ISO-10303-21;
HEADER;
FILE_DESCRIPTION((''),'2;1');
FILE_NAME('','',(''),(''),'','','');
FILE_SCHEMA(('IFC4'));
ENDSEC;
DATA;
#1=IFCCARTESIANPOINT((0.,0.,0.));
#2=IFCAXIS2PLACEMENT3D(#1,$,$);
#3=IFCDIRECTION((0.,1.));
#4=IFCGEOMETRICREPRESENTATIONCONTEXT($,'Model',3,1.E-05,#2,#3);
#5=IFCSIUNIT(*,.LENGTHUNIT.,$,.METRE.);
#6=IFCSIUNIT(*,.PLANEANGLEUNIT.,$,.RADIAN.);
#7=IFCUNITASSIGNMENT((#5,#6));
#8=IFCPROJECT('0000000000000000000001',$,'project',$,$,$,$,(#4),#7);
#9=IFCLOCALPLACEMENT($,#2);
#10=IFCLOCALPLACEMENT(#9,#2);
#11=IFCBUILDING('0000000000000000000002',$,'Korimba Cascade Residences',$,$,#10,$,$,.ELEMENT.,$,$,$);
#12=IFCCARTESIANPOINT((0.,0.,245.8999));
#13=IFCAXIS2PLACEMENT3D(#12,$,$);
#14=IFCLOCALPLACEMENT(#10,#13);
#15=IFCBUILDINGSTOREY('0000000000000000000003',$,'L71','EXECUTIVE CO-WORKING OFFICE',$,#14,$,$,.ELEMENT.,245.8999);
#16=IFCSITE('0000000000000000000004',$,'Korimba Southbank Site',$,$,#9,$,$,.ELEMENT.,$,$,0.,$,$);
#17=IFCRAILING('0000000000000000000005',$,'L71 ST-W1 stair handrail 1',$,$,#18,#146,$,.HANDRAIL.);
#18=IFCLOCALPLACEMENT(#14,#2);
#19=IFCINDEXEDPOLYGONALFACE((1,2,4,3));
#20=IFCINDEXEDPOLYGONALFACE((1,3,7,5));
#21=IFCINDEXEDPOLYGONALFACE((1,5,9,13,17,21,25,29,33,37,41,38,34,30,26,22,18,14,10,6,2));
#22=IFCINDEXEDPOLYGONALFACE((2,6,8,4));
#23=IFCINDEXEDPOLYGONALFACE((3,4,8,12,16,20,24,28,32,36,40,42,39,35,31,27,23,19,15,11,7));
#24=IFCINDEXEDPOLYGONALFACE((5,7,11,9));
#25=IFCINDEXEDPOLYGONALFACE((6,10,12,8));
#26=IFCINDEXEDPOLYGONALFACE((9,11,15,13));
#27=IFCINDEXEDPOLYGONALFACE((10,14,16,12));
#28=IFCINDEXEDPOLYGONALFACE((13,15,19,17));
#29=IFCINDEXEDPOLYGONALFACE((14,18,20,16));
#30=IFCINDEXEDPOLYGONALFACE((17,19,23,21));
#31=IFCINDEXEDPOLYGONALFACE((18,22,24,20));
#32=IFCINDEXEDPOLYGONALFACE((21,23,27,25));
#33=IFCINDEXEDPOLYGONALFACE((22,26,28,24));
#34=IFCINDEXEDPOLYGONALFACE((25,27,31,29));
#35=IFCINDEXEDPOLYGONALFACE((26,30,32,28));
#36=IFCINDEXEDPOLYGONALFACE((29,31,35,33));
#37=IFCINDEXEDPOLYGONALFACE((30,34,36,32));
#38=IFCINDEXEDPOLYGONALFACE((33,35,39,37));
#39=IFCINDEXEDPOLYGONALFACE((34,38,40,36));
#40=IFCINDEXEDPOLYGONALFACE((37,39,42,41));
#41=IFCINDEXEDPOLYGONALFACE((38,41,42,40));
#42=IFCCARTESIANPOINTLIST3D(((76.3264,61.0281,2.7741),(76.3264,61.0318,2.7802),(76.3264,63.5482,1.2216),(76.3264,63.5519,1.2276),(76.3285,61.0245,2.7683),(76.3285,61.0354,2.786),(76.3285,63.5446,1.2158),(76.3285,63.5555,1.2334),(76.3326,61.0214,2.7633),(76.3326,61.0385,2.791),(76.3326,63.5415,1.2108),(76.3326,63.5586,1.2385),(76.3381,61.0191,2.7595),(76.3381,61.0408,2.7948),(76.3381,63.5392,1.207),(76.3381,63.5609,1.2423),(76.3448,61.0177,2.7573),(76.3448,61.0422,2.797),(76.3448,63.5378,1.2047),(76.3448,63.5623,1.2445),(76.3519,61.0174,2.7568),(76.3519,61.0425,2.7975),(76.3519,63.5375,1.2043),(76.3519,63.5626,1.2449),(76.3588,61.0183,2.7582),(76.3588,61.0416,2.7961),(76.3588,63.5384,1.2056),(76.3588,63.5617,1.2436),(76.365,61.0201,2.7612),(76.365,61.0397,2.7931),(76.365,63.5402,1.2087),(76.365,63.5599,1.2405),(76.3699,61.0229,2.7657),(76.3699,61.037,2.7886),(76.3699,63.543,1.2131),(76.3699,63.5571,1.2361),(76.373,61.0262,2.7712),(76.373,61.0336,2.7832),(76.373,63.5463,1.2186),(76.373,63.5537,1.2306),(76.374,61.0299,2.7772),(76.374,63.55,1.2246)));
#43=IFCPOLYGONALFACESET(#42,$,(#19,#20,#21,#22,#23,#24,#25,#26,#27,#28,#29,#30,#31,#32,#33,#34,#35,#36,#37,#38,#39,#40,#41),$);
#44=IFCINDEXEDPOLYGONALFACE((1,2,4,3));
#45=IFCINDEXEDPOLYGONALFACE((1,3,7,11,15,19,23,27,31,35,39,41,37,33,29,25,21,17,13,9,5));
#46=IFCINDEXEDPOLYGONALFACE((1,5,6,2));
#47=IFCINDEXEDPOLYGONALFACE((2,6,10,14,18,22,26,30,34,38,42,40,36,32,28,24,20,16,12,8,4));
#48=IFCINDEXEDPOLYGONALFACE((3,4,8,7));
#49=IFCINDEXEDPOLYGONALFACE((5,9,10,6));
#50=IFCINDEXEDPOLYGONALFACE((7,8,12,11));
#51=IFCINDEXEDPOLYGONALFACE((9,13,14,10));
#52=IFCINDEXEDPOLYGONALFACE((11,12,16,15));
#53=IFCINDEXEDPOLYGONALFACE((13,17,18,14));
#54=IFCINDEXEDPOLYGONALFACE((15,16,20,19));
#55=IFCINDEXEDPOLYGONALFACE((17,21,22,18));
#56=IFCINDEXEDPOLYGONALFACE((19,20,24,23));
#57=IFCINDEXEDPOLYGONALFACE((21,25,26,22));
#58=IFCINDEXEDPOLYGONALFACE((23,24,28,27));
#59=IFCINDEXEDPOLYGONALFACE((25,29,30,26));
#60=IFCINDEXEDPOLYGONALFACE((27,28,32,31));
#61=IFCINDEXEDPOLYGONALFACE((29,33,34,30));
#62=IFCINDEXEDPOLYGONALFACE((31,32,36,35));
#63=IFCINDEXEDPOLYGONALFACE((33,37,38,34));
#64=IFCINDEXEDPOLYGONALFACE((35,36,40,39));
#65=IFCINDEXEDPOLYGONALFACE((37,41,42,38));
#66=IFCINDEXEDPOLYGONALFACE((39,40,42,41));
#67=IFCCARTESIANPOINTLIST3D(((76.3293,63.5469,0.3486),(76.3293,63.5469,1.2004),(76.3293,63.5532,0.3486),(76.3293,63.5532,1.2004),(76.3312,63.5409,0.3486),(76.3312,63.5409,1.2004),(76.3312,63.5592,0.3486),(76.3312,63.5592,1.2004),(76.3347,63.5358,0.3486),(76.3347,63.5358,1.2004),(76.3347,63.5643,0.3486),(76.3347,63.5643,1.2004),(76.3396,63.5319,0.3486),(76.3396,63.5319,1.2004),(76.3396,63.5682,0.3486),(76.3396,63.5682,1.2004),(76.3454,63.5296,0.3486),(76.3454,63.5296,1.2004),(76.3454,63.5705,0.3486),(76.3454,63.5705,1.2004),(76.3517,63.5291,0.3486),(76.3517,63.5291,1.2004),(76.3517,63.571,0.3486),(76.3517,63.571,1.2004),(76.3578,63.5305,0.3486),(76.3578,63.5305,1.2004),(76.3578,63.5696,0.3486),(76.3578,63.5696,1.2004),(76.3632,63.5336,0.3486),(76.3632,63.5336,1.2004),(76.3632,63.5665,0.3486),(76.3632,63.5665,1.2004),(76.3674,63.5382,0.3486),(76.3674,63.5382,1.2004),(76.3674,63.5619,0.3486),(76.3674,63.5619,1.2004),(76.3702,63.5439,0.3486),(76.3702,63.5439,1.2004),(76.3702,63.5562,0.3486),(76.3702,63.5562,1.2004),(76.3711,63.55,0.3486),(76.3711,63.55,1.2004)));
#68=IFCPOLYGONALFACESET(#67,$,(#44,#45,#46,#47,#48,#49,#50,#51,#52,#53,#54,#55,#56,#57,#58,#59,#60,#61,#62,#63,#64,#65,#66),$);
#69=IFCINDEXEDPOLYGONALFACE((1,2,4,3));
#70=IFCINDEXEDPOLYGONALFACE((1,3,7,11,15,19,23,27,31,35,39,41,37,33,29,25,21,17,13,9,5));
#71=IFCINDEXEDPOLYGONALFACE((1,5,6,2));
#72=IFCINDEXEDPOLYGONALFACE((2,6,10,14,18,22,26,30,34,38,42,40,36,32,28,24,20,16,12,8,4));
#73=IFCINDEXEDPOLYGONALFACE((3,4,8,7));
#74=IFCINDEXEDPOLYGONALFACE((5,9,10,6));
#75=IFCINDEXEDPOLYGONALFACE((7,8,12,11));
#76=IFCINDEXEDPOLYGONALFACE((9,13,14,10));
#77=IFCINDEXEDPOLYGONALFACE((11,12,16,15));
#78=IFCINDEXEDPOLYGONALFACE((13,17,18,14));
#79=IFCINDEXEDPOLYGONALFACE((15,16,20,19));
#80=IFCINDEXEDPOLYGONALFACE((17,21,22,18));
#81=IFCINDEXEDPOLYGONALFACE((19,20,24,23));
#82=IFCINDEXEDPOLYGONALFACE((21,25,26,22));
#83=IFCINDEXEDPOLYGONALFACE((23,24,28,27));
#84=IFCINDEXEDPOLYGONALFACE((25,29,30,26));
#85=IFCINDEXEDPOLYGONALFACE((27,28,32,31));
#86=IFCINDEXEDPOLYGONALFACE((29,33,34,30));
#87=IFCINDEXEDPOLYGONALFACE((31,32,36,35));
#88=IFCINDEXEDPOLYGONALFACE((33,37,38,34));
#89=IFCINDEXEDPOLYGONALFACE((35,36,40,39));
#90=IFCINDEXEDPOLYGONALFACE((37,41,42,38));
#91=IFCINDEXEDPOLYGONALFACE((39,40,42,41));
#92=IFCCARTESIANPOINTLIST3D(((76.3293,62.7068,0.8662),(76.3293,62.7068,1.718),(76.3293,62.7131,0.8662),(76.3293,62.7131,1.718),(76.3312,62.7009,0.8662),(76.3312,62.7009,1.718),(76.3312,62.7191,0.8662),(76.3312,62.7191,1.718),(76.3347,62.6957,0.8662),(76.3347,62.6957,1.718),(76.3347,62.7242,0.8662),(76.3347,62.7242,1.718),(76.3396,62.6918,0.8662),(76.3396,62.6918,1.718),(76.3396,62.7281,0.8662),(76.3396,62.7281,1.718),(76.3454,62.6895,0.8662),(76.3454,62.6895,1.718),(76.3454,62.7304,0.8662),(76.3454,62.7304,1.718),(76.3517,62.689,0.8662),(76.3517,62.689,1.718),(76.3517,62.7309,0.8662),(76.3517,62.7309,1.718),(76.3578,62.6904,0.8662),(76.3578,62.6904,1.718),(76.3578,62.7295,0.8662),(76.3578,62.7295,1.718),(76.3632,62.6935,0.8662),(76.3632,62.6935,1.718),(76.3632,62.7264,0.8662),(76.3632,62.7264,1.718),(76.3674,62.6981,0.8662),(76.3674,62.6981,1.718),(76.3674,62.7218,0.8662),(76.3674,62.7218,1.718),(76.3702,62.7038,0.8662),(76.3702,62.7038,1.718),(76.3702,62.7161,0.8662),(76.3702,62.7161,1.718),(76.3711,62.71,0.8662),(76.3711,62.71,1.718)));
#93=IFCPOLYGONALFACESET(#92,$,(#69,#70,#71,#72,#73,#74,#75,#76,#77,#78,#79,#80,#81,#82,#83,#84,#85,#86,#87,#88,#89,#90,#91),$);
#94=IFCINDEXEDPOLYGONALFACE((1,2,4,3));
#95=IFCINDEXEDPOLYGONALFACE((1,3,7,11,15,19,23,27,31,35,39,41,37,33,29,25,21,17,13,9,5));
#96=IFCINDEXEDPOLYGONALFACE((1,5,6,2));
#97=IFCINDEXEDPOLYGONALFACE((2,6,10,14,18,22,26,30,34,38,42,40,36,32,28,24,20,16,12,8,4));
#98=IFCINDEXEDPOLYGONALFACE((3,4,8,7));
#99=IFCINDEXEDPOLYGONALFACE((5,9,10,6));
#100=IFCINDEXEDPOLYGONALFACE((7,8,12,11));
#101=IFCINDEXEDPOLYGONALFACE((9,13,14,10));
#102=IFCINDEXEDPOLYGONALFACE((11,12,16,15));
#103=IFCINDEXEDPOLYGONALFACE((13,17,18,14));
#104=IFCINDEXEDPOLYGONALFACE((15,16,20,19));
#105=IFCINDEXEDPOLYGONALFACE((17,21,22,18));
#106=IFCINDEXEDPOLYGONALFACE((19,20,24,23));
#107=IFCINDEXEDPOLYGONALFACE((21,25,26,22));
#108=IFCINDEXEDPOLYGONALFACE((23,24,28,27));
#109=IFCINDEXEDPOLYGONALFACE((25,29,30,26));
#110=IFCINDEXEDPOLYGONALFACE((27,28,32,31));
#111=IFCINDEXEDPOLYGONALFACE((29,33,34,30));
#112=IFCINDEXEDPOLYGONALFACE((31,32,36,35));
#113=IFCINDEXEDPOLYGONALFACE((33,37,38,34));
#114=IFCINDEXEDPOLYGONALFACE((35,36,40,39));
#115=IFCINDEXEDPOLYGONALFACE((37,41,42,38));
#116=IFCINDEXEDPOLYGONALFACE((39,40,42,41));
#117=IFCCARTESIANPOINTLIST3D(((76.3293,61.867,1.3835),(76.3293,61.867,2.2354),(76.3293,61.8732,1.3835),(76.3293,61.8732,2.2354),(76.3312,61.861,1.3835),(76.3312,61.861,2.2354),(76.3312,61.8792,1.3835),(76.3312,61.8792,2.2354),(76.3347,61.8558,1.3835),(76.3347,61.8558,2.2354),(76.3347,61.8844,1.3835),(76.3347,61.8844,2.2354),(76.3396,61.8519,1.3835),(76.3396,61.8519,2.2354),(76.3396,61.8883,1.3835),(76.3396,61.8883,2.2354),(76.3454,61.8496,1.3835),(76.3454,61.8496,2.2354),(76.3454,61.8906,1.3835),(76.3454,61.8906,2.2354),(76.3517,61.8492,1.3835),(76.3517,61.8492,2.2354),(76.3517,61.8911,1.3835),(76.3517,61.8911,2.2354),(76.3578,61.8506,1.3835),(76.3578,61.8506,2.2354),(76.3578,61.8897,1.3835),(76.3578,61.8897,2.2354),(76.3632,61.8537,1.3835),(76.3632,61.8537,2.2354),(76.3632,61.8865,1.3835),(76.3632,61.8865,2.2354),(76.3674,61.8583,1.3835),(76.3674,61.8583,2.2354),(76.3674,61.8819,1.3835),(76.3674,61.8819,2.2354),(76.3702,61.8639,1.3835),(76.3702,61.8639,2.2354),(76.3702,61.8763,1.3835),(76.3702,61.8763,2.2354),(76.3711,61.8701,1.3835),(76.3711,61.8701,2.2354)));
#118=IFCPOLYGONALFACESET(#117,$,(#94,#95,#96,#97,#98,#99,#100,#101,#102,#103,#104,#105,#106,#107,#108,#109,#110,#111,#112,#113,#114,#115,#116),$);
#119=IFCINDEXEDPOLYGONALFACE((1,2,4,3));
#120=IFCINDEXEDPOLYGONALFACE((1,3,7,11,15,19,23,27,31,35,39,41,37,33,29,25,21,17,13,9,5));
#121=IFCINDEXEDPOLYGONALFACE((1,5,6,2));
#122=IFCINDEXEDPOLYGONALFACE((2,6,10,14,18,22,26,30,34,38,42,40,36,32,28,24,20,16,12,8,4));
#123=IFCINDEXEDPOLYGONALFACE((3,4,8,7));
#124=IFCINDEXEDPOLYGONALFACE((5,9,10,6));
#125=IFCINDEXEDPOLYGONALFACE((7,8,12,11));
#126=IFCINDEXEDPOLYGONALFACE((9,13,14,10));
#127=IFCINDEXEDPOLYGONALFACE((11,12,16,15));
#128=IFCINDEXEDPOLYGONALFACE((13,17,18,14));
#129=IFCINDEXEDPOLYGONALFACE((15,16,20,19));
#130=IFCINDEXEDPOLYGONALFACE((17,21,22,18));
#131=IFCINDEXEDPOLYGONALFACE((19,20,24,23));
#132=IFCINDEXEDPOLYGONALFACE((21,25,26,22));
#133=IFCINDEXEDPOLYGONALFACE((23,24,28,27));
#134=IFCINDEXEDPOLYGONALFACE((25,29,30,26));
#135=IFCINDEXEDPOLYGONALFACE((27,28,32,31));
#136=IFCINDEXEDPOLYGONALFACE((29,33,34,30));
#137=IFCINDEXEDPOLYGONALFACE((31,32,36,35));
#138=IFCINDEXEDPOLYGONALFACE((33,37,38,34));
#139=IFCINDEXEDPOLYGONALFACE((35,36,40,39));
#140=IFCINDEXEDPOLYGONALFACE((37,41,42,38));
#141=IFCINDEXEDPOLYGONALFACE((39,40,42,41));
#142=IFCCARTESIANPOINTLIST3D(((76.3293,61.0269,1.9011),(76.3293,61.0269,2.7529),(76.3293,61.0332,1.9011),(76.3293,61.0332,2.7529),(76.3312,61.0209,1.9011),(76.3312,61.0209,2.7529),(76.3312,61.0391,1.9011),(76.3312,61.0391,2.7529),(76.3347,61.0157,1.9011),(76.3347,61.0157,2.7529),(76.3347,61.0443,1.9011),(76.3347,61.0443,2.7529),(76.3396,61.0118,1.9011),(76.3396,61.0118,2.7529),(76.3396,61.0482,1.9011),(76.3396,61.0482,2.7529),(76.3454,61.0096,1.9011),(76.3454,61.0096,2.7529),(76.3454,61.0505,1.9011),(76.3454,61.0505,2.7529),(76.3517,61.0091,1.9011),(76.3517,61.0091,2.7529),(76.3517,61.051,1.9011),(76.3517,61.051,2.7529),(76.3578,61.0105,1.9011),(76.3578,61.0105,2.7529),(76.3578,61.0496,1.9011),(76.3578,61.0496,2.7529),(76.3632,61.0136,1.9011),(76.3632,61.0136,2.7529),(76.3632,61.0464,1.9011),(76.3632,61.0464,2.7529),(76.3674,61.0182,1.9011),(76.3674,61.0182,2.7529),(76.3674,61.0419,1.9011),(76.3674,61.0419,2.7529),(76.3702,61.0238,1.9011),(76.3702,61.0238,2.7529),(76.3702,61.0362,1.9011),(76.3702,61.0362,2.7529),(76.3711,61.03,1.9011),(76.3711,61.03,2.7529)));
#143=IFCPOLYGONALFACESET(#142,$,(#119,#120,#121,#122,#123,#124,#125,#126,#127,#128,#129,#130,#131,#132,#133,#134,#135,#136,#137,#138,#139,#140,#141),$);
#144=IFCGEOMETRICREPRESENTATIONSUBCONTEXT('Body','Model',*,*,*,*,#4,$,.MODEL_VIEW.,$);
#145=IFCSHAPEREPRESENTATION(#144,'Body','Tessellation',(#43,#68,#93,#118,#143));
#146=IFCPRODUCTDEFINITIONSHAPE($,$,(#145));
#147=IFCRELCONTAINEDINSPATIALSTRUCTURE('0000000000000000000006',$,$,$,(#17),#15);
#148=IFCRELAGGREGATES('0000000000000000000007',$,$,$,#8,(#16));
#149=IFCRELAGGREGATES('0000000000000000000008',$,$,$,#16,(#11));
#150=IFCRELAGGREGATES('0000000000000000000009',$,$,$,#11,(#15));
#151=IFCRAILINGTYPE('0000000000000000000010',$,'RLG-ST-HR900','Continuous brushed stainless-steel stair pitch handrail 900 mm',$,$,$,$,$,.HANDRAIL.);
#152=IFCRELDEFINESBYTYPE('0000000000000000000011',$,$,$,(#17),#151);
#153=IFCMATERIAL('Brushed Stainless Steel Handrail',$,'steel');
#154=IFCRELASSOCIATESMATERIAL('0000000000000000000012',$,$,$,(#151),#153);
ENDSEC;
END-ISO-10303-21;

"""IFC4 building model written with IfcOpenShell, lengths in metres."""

from ifc_helpers import new_model, si_unit, direction, frame, origin, origin_2d, place, context, subcontext, project, spatial, circle, extrude, material, type_object, element, save


model = new_model("IFC4")

# Units and contexts
model_context = context("Model", 3, precision=1e-05, world=origin(), true_north=direction((0.0, 1.0)))
body_context = subcontext(model_context, "Body", "Model", "MODEL_VIEW")
ifc_project = project(units=[si_unit("LENGTHUNIT", "METRE"), si_unit("PLANEANGLEUNIT", "RADIAN")], contexts=[model_context])

# Site, building, storey
site_placement = place(None, origin())
site = spatial("IfcSite", under=ifc_project, at=site_placement, Name="Korimba Southbank Site", CompositionType="ELEMENT", RefElevation=0.0)
building_placement = place(site_placement, origin())
building = spatial("IfcBuilding", under=site, at=building_placement, Name="Korimba Cascade Residences", CompositionType="ELEMENT")
storey_placement = place(building_placement, frame((0.0, 0.0, 245.8999)))
storey = spatial("IfcBuildingStorey", under=building, at=storey_placement, Name="L71", Description="EXECUTIVE CO-WORKING OFFICE", CompositionType="ELEMENT", Elevation=245.8999)

# Railing
ifc_material_1 = material(Name="Brushed Stainless Steel Handrail", Category="steel")
railing_type_1 = type_object("IfcRailingType", Name="RLG-ST-HR900", Description="Continuous brushed stainless-steel stair pitch handrail 900 mm", PredefinedType="HANDRAIL", material=ifc_material_1)
railing_1_placement = place(storey_placement, frame((76.3501, 63.55, 0.3486)))
element("IfcRailing", 1, at=railing_1_placement, inside=storey, type_object=railing_type_1, Name="L71 ST-W1 stair handrail 1", PredefinedType="HANDRAIL", context=body_context, shape_type="SweptSolid", body=[
    extrude(circle(Radius=0.0239, at=origin_2d()), frame((0.0, 0.0, 0.876), z_axis=(0.0, -0.8514, 0.524516), x_axis=(1.0, 0.0, 0.0)), (0.0, 0.0, 1.0), 2.96),
    extrude(circle(Radius=0.021, at=origin_2d()), origin(), (0.0, 0.0, 1.0), 0.8518),
    extrude(circle(Radius=0.021, at=origin_2d()), frame((0.0, -0.8401, 0.5176)), (0.0, 0.0, 1.0), 0.8518),
    extrude(circle(Radius=0.021, at=origin_2d()), frame((0.0, -1.6799, 1.0349)), (0.0, 0.0, 1.0), 0.8518),
    extrude(circle(Radius=0.021, at=origin_2d()), frame((0.0, -2.52, 1.5525)), (0.0, 0.0, 1.0), 0.8518),
])

save(model, "model.ifc")
